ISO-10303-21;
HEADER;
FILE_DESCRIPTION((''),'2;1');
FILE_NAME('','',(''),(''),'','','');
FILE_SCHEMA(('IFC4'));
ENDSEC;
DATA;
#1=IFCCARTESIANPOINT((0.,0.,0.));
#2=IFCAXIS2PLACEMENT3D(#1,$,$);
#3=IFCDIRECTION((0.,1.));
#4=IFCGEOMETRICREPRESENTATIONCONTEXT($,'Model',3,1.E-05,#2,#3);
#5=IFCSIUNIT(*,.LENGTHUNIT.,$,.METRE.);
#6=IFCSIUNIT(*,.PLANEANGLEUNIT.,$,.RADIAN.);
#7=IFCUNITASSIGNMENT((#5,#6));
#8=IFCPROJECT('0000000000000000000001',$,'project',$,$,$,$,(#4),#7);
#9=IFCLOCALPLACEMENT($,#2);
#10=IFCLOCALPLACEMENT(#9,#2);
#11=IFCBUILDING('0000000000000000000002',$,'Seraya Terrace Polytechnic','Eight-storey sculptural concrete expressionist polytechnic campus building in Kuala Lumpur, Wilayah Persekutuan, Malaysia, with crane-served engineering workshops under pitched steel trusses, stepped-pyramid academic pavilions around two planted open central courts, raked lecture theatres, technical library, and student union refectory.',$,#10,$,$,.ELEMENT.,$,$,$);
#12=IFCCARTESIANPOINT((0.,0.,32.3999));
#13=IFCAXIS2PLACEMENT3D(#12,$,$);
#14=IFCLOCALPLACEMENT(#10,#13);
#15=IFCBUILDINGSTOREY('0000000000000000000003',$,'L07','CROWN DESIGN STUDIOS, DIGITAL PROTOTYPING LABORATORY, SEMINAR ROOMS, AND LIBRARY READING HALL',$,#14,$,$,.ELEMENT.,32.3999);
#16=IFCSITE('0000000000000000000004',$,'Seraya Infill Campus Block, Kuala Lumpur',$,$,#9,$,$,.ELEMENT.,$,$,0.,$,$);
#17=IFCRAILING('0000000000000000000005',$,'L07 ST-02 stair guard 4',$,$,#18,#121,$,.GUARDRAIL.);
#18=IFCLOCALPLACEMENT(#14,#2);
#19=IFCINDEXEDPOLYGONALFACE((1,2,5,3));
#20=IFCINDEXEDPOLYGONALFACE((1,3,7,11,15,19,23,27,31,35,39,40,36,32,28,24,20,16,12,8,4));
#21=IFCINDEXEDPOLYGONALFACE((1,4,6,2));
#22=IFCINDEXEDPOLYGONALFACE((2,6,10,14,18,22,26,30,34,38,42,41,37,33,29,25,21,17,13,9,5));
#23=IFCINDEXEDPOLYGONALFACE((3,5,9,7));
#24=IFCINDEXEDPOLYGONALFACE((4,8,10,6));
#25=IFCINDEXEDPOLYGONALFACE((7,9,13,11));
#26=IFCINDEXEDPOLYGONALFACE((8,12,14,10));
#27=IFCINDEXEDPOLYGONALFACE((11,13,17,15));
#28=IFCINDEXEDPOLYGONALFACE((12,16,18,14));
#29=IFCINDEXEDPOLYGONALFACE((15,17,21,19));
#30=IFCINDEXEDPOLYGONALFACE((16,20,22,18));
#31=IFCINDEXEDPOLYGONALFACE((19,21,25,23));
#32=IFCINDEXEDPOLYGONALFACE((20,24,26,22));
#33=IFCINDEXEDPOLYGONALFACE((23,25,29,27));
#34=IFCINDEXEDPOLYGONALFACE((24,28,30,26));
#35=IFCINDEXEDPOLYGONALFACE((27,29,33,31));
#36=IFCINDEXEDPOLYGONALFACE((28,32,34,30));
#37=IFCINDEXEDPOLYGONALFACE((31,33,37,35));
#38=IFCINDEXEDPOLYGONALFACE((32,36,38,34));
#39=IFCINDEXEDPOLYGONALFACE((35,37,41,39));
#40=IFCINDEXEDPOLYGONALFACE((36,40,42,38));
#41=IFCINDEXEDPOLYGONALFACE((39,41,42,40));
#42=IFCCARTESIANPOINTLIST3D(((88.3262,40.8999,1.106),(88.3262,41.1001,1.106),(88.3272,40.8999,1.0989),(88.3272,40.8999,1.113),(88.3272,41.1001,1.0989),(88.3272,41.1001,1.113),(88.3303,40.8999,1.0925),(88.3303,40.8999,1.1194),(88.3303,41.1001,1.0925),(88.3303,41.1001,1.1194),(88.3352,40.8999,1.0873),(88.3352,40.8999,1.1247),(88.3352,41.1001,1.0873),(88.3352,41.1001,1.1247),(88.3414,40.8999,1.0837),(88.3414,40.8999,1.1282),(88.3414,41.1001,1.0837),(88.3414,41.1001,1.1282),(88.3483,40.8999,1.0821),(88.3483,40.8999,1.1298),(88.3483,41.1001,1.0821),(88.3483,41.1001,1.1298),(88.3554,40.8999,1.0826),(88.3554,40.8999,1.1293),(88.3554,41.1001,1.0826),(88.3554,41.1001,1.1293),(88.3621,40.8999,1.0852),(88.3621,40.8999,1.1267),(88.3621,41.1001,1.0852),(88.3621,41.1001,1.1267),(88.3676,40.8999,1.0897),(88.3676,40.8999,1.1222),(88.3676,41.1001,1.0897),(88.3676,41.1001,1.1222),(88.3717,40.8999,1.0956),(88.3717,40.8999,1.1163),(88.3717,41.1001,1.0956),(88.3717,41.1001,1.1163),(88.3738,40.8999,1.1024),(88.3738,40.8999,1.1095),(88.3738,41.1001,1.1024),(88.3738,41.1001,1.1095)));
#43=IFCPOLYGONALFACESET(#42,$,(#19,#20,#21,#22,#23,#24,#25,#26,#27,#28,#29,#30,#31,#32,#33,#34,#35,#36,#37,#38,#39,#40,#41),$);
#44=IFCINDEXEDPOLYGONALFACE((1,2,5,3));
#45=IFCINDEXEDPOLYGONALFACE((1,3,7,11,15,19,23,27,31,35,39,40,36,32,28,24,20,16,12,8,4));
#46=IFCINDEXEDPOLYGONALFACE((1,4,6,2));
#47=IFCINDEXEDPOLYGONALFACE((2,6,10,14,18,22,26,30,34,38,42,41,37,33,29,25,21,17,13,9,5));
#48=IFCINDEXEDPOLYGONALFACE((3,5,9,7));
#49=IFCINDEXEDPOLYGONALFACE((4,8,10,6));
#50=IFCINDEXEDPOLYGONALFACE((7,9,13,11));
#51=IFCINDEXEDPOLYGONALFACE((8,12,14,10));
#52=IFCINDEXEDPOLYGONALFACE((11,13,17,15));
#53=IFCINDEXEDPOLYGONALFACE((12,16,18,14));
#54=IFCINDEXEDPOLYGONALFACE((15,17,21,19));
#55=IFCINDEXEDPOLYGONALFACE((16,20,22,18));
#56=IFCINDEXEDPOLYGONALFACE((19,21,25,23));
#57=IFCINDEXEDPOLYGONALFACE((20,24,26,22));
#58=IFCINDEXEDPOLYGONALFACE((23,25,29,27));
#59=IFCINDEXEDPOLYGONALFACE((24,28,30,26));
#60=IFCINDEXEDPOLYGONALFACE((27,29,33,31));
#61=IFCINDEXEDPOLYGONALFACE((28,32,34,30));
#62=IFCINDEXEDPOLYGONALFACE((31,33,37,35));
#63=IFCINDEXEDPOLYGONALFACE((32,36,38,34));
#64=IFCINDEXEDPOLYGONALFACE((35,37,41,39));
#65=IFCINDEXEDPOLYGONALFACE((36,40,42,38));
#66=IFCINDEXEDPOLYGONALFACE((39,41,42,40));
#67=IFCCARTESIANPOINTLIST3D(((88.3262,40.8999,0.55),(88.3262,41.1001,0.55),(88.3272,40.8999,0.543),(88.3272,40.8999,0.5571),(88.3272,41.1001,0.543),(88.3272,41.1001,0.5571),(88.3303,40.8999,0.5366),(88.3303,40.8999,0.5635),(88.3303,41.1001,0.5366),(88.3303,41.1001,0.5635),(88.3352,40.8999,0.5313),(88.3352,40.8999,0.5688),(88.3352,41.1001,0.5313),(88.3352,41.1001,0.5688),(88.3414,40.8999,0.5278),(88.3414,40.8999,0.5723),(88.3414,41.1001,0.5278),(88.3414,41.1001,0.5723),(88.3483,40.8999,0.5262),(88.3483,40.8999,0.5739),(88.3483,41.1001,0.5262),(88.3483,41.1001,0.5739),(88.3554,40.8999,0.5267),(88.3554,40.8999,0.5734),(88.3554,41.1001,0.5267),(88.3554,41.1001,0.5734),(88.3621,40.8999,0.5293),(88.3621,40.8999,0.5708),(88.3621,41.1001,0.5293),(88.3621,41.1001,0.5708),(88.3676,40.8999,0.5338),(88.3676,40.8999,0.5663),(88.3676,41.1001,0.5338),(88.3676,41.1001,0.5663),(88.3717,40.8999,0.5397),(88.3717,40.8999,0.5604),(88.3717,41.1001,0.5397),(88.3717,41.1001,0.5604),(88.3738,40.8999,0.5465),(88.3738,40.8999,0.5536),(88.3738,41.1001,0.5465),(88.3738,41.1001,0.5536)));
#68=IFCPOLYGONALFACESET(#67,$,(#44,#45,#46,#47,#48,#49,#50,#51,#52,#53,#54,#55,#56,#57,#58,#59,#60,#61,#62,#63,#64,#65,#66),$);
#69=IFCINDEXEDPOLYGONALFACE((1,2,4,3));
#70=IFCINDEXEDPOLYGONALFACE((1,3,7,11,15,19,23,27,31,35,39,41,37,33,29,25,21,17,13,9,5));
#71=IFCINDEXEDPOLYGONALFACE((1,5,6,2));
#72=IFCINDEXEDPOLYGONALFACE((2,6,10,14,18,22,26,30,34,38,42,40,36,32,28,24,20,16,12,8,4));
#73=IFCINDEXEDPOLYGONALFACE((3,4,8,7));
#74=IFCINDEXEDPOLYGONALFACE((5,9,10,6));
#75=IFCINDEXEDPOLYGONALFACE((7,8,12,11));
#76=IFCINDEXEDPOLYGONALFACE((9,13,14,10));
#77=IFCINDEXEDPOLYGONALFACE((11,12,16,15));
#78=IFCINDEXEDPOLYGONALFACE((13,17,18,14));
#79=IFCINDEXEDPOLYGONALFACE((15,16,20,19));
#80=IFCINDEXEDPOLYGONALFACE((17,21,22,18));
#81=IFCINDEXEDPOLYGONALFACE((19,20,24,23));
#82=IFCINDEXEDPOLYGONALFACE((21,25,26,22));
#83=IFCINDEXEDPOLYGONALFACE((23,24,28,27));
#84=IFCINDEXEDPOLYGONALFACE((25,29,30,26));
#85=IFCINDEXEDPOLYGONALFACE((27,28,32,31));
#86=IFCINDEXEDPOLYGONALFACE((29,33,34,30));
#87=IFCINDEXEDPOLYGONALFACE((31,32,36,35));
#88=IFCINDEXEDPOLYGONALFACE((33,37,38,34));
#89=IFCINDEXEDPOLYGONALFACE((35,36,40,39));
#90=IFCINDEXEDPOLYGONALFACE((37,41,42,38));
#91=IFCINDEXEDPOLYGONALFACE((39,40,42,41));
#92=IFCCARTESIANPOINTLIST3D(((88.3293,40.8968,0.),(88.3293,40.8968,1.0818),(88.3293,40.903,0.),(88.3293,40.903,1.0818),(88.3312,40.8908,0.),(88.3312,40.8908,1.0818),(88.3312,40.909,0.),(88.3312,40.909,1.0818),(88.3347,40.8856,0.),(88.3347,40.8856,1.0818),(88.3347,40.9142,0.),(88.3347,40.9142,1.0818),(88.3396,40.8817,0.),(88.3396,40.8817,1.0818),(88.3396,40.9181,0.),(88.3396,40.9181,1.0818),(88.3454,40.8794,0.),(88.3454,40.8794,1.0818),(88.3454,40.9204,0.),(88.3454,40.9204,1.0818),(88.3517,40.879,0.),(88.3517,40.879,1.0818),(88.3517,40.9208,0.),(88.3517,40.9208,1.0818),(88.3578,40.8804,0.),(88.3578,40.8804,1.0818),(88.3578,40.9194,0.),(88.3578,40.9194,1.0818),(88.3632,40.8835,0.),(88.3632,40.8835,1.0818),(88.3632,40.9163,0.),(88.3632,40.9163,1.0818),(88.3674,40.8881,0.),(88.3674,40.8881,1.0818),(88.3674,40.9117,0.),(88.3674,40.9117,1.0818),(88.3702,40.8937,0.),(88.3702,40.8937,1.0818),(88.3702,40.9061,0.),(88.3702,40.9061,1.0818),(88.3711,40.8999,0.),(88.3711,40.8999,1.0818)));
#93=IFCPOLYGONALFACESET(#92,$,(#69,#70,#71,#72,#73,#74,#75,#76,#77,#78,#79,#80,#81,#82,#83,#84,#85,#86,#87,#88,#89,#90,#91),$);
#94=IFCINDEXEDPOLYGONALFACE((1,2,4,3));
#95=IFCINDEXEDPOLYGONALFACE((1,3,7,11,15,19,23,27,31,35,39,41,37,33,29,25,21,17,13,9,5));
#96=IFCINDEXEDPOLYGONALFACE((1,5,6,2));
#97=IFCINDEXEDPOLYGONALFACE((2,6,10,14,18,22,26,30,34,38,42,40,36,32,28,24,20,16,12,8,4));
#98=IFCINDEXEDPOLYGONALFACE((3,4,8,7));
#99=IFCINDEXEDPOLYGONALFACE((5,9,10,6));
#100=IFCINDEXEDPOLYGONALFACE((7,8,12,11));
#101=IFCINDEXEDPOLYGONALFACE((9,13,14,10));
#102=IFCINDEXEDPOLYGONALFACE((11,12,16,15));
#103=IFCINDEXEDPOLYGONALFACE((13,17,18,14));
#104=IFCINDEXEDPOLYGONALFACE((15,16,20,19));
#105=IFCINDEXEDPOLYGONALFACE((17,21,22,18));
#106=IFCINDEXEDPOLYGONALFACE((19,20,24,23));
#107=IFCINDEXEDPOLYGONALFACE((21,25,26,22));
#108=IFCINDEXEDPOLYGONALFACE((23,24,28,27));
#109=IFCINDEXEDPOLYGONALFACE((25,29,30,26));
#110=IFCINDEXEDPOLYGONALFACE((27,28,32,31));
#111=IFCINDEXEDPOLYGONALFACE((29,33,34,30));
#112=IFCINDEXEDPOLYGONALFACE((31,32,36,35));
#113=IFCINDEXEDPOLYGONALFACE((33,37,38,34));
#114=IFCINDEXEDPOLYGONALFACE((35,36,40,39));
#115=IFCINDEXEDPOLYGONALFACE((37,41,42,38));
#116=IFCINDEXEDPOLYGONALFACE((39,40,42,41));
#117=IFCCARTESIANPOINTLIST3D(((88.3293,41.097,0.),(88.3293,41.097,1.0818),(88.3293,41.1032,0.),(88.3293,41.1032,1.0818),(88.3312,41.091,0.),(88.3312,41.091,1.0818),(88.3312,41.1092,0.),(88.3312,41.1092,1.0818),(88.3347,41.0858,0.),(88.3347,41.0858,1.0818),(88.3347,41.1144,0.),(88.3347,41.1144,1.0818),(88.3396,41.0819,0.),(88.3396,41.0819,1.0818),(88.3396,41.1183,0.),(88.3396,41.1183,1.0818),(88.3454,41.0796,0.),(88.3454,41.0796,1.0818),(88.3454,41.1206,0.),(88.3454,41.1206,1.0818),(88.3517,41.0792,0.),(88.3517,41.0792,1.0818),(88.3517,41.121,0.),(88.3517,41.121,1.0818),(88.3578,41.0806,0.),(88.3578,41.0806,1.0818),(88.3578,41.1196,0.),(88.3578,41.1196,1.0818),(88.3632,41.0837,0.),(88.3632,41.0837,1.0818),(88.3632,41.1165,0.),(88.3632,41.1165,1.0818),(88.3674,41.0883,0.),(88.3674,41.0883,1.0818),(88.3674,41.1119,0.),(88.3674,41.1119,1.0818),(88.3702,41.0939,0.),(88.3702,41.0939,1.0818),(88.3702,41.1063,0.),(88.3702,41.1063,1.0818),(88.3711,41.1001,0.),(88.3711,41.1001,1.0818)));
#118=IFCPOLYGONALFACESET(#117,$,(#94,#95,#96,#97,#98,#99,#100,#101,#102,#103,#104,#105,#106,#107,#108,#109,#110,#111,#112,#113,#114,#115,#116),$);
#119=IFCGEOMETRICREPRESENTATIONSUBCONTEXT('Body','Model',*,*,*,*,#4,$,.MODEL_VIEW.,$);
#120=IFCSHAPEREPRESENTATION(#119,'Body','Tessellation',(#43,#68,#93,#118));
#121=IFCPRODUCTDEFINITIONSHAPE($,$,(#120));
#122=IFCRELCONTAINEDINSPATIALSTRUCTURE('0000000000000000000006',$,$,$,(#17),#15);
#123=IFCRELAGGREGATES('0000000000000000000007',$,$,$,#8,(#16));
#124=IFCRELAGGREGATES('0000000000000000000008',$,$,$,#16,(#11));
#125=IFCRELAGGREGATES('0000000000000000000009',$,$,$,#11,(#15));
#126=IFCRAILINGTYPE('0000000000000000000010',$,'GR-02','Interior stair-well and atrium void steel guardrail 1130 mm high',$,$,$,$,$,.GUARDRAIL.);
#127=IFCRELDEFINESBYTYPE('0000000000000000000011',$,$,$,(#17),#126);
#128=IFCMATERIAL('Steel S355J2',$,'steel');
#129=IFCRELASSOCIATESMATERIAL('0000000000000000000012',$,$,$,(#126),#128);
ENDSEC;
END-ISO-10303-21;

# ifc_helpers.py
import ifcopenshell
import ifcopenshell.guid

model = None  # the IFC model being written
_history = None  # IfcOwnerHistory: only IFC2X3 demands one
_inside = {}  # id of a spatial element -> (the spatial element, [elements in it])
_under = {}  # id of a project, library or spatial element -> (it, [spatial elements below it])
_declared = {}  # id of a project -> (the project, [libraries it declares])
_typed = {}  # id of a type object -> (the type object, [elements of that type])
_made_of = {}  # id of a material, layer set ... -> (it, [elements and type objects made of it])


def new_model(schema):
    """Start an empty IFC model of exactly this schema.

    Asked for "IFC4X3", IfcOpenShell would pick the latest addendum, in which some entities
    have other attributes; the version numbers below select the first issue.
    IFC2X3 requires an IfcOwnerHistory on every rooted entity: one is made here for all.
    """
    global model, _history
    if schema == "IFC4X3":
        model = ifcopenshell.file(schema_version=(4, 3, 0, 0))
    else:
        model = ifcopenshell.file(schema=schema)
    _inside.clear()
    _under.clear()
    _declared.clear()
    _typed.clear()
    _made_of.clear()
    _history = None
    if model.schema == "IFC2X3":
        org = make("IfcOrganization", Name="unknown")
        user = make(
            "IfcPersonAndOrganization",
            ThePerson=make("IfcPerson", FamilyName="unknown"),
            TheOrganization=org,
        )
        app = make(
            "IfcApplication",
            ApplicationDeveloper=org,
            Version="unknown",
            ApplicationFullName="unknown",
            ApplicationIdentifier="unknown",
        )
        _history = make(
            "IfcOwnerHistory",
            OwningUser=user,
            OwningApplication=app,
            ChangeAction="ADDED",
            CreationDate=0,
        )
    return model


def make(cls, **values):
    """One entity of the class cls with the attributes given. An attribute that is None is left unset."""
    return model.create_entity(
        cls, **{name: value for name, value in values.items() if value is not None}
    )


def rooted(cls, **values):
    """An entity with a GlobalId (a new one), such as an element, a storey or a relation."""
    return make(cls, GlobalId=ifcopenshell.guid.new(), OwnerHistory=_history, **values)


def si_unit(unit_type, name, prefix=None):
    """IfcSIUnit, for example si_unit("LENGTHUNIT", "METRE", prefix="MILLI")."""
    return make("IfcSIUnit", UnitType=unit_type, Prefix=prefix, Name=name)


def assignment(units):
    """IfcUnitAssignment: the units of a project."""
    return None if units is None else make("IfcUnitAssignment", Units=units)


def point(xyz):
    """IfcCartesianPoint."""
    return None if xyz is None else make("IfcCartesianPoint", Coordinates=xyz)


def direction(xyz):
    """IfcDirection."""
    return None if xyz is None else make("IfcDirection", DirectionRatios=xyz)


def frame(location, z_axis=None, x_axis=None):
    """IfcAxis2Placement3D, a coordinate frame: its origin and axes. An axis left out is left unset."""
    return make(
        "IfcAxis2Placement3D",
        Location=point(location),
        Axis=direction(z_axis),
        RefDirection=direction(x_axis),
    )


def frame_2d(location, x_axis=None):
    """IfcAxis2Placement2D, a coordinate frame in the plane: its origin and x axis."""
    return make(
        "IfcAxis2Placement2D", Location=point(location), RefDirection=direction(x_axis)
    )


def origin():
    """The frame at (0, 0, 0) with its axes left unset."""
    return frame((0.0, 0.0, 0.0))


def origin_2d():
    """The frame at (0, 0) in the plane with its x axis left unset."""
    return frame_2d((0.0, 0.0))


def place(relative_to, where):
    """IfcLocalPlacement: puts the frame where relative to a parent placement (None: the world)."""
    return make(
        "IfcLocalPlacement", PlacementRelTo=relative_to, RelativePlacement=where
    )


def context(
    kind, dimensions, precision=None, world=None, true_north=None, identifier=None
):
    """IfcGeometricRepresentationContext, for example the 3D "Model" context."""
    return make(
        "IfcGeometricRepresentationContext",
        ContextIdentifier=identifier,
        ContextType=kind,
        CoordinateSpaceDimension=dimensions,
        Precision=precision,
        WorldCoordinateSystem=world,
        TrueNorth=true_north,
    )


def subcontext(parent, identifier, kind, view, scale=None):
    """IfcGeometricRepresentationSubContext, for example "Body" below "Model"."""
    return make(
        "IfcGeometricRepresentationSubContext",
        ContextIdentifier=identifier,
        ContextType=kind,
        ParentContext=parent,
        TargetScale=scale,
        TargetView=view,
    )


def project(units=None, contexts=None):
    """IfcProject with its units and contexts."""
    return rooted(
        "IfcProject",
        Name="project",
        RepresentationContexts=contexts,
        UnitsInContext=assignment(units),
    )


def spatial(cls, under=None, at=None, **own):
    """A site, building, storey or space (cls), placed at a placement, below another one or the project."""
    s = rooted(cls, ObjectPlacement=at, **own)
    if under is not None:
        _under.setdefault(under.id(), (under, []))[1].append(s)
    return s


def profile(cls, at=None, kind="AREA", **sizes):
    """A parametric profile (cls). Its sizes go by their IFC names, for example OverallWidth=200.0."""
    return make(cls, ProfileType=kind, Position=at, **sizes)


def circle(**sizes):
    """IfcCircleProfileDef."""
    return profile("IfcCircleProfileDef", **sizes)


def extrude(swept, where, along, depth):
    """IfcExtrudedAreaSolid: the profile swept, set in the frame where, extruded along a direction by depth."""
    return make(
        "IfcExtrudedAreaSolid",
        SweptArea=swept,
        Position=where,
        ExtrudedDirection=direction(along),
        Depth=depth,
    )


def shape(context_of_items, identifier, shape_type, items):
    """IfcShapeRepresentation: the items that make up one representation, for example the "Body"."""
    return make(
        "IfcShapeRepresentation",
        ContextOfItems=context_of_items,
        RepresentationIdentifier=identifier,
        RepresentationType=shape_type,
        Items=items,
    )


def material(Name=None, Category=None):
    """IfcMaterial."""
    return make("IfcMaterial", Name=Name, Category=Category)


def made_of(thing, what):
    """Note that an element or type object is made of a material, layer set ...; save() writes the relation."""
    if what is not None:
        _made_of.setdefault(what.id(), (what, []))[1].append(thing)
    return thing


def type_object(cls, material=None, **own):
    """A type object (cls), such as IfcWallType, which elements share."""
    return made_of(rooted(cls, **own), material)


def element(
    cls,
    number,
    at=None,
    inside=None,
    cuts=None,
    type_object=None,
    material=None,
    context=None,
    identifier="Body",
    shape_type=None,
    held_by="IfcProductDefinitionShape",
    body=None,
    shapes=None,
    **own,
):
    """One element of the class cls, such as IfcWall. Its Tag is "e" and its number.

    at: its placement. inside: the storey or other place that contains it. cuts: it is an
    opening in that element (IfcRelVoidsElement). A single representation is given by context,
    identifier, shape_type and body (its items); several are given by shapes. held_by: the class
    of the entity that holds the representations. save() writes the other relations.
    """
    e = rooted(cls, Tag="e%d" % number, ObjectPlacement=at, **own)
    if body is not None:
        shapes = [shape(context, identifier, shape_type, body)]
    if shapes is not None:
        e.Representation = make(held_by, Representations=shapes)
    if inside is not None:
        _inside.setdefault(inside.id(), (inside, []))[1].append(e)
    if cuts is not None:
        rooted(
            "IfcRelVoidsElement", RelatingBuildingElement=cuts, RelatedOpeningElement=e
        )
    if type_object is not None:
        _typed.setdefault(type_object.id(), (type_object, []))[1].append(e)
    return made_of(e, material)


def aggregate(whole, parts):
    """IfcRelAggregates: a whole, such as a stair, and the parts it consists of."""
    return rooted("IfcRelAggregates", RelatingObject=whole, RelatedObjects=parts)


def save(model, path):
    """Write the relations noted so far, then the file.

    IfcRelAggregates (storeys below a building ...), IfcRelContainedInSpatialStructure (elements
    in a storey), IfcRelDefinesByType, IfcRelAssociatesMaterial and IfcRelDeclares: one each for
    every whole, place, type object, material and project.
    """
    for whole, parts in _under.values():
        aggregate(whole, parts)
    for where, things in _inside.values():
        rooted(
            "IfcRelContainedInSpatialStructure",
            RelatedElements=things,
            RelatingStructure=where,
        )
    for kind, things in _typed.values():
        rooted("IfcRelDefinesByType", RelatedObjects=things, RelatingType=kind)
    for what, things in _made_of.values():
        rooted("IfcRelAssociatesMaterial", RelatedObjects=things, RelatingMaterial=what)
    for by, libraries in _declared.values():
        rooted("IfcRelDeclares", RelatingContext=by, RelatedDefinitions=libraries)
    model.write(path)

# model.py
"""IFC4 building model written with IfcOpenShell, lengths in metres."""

from ifc_helpers import new_model, si_unit, direction, frame, origin, origin_2d, place, context, subcontext, project, spatial, circle, extrude, material, type_object, element, save


model = new_model("IFC4")

# Units and contexts
model_context = context("Model", 3, precision=1e-05, world=origin(), true_north=direction((0.0, 1.0)))
body_context = subcontext(model_context, "Body", "Model", "MODEL_VIEW")
ifc_project = project(units=[si_unit("LENGTHUNIT", "METRE"), si_unit("PLANEANGLEUNIT", "RADIAN")], contexts=[model_context])

# Site, building, storey
site_placement = place(None, origin())
site = spatial("IfcSite", under=ifc_project, at=site_placement, Name="Seraya Infill Campus Block, Kuala Lumpur", CompositionType="ELEMENT", RefElevation=0.0)
building_placement = place(site_placement, origin())
building = spatial("IfcBuilding", under=site, at=building_placement, Name="Seraya Terrace Polytechnic", Description="Eight-storey sculptural concrete expressionist polytechnic campus building in Kuala Lumpur, Wilayah Persekutuan, Malaysia, with crane-served engineering workshops under pitched steel trusses, stepped-pyramid academic pavilions around two planted open central courts, raked lecture theatres, technical library, and student union refectory.", CompositionType="ELEMENT")
storey_placement = place(building_placement, frame((0.0, 0.0, 32.3999)))
storey = spatial("IfcBuildingStorey", under=building, at=storey_placement, Name="L07", Description="CROWN DESIGN STUDIOS, DIGITAL PROTOTYPING LABORATORY, SEMINAR ROOMS, AND LIBRARY READING HALL", CompositionType="ELEMENT", Elevation=32.3999)

# Shared definitions
ifc_material_1 = material(Name="Steel S355J2", Category="steel")

# Railing
railing_type_1 = type_object("IfcRailingType", Name="GR-02", Description="Interior stair-well and atrium void steel guardrail 1130 mm high", PredefinedType="GUARDRAIL", material=ifc_material_1)
railing_1_placement = place(storey_placement, frame((88.3501, 40.8999, 0.0)))
element("IfcRailing", 1, at=railing_1_placement, inside=storey, type_object=railing_type_1, Name="L07 ST-02 stair guard 4", PredefinedType="GUARDRAIL", context=body_context, shape_type="SweptSolid", body=[
    extrude(circle(Radius=0.0239, at=origin_2d()), frame((0.0, 0.0, 1.106), z_axis=(0.0, 1.0, 0.0), x_axis=(-1.0, 0.0, 0.0)), (0.0, 0.0, 1.0), 0.2002),
    extrude(circle(Radius=0.0239, at=origin_2d()), frame((0.0, 0.0, 0.55), z_axis=(0.0, 1.0, 0.0), x_axis=(-1.0, 0.0, 0.0)), (0.0, 0.0, 1.0), 0.2002),
    extrude(circle(Radius=0.021, at=origin_2d()), origin(), (0.0, 0.0, 1.0), 1.0818),
    extrude(circle(Radius=0.021, at=origin_2d()), frame((0.0, 0.2002, 0.0)), (0.0, 0.0, 1.0), 1.0818),
])

save(model, "model.ifc")
